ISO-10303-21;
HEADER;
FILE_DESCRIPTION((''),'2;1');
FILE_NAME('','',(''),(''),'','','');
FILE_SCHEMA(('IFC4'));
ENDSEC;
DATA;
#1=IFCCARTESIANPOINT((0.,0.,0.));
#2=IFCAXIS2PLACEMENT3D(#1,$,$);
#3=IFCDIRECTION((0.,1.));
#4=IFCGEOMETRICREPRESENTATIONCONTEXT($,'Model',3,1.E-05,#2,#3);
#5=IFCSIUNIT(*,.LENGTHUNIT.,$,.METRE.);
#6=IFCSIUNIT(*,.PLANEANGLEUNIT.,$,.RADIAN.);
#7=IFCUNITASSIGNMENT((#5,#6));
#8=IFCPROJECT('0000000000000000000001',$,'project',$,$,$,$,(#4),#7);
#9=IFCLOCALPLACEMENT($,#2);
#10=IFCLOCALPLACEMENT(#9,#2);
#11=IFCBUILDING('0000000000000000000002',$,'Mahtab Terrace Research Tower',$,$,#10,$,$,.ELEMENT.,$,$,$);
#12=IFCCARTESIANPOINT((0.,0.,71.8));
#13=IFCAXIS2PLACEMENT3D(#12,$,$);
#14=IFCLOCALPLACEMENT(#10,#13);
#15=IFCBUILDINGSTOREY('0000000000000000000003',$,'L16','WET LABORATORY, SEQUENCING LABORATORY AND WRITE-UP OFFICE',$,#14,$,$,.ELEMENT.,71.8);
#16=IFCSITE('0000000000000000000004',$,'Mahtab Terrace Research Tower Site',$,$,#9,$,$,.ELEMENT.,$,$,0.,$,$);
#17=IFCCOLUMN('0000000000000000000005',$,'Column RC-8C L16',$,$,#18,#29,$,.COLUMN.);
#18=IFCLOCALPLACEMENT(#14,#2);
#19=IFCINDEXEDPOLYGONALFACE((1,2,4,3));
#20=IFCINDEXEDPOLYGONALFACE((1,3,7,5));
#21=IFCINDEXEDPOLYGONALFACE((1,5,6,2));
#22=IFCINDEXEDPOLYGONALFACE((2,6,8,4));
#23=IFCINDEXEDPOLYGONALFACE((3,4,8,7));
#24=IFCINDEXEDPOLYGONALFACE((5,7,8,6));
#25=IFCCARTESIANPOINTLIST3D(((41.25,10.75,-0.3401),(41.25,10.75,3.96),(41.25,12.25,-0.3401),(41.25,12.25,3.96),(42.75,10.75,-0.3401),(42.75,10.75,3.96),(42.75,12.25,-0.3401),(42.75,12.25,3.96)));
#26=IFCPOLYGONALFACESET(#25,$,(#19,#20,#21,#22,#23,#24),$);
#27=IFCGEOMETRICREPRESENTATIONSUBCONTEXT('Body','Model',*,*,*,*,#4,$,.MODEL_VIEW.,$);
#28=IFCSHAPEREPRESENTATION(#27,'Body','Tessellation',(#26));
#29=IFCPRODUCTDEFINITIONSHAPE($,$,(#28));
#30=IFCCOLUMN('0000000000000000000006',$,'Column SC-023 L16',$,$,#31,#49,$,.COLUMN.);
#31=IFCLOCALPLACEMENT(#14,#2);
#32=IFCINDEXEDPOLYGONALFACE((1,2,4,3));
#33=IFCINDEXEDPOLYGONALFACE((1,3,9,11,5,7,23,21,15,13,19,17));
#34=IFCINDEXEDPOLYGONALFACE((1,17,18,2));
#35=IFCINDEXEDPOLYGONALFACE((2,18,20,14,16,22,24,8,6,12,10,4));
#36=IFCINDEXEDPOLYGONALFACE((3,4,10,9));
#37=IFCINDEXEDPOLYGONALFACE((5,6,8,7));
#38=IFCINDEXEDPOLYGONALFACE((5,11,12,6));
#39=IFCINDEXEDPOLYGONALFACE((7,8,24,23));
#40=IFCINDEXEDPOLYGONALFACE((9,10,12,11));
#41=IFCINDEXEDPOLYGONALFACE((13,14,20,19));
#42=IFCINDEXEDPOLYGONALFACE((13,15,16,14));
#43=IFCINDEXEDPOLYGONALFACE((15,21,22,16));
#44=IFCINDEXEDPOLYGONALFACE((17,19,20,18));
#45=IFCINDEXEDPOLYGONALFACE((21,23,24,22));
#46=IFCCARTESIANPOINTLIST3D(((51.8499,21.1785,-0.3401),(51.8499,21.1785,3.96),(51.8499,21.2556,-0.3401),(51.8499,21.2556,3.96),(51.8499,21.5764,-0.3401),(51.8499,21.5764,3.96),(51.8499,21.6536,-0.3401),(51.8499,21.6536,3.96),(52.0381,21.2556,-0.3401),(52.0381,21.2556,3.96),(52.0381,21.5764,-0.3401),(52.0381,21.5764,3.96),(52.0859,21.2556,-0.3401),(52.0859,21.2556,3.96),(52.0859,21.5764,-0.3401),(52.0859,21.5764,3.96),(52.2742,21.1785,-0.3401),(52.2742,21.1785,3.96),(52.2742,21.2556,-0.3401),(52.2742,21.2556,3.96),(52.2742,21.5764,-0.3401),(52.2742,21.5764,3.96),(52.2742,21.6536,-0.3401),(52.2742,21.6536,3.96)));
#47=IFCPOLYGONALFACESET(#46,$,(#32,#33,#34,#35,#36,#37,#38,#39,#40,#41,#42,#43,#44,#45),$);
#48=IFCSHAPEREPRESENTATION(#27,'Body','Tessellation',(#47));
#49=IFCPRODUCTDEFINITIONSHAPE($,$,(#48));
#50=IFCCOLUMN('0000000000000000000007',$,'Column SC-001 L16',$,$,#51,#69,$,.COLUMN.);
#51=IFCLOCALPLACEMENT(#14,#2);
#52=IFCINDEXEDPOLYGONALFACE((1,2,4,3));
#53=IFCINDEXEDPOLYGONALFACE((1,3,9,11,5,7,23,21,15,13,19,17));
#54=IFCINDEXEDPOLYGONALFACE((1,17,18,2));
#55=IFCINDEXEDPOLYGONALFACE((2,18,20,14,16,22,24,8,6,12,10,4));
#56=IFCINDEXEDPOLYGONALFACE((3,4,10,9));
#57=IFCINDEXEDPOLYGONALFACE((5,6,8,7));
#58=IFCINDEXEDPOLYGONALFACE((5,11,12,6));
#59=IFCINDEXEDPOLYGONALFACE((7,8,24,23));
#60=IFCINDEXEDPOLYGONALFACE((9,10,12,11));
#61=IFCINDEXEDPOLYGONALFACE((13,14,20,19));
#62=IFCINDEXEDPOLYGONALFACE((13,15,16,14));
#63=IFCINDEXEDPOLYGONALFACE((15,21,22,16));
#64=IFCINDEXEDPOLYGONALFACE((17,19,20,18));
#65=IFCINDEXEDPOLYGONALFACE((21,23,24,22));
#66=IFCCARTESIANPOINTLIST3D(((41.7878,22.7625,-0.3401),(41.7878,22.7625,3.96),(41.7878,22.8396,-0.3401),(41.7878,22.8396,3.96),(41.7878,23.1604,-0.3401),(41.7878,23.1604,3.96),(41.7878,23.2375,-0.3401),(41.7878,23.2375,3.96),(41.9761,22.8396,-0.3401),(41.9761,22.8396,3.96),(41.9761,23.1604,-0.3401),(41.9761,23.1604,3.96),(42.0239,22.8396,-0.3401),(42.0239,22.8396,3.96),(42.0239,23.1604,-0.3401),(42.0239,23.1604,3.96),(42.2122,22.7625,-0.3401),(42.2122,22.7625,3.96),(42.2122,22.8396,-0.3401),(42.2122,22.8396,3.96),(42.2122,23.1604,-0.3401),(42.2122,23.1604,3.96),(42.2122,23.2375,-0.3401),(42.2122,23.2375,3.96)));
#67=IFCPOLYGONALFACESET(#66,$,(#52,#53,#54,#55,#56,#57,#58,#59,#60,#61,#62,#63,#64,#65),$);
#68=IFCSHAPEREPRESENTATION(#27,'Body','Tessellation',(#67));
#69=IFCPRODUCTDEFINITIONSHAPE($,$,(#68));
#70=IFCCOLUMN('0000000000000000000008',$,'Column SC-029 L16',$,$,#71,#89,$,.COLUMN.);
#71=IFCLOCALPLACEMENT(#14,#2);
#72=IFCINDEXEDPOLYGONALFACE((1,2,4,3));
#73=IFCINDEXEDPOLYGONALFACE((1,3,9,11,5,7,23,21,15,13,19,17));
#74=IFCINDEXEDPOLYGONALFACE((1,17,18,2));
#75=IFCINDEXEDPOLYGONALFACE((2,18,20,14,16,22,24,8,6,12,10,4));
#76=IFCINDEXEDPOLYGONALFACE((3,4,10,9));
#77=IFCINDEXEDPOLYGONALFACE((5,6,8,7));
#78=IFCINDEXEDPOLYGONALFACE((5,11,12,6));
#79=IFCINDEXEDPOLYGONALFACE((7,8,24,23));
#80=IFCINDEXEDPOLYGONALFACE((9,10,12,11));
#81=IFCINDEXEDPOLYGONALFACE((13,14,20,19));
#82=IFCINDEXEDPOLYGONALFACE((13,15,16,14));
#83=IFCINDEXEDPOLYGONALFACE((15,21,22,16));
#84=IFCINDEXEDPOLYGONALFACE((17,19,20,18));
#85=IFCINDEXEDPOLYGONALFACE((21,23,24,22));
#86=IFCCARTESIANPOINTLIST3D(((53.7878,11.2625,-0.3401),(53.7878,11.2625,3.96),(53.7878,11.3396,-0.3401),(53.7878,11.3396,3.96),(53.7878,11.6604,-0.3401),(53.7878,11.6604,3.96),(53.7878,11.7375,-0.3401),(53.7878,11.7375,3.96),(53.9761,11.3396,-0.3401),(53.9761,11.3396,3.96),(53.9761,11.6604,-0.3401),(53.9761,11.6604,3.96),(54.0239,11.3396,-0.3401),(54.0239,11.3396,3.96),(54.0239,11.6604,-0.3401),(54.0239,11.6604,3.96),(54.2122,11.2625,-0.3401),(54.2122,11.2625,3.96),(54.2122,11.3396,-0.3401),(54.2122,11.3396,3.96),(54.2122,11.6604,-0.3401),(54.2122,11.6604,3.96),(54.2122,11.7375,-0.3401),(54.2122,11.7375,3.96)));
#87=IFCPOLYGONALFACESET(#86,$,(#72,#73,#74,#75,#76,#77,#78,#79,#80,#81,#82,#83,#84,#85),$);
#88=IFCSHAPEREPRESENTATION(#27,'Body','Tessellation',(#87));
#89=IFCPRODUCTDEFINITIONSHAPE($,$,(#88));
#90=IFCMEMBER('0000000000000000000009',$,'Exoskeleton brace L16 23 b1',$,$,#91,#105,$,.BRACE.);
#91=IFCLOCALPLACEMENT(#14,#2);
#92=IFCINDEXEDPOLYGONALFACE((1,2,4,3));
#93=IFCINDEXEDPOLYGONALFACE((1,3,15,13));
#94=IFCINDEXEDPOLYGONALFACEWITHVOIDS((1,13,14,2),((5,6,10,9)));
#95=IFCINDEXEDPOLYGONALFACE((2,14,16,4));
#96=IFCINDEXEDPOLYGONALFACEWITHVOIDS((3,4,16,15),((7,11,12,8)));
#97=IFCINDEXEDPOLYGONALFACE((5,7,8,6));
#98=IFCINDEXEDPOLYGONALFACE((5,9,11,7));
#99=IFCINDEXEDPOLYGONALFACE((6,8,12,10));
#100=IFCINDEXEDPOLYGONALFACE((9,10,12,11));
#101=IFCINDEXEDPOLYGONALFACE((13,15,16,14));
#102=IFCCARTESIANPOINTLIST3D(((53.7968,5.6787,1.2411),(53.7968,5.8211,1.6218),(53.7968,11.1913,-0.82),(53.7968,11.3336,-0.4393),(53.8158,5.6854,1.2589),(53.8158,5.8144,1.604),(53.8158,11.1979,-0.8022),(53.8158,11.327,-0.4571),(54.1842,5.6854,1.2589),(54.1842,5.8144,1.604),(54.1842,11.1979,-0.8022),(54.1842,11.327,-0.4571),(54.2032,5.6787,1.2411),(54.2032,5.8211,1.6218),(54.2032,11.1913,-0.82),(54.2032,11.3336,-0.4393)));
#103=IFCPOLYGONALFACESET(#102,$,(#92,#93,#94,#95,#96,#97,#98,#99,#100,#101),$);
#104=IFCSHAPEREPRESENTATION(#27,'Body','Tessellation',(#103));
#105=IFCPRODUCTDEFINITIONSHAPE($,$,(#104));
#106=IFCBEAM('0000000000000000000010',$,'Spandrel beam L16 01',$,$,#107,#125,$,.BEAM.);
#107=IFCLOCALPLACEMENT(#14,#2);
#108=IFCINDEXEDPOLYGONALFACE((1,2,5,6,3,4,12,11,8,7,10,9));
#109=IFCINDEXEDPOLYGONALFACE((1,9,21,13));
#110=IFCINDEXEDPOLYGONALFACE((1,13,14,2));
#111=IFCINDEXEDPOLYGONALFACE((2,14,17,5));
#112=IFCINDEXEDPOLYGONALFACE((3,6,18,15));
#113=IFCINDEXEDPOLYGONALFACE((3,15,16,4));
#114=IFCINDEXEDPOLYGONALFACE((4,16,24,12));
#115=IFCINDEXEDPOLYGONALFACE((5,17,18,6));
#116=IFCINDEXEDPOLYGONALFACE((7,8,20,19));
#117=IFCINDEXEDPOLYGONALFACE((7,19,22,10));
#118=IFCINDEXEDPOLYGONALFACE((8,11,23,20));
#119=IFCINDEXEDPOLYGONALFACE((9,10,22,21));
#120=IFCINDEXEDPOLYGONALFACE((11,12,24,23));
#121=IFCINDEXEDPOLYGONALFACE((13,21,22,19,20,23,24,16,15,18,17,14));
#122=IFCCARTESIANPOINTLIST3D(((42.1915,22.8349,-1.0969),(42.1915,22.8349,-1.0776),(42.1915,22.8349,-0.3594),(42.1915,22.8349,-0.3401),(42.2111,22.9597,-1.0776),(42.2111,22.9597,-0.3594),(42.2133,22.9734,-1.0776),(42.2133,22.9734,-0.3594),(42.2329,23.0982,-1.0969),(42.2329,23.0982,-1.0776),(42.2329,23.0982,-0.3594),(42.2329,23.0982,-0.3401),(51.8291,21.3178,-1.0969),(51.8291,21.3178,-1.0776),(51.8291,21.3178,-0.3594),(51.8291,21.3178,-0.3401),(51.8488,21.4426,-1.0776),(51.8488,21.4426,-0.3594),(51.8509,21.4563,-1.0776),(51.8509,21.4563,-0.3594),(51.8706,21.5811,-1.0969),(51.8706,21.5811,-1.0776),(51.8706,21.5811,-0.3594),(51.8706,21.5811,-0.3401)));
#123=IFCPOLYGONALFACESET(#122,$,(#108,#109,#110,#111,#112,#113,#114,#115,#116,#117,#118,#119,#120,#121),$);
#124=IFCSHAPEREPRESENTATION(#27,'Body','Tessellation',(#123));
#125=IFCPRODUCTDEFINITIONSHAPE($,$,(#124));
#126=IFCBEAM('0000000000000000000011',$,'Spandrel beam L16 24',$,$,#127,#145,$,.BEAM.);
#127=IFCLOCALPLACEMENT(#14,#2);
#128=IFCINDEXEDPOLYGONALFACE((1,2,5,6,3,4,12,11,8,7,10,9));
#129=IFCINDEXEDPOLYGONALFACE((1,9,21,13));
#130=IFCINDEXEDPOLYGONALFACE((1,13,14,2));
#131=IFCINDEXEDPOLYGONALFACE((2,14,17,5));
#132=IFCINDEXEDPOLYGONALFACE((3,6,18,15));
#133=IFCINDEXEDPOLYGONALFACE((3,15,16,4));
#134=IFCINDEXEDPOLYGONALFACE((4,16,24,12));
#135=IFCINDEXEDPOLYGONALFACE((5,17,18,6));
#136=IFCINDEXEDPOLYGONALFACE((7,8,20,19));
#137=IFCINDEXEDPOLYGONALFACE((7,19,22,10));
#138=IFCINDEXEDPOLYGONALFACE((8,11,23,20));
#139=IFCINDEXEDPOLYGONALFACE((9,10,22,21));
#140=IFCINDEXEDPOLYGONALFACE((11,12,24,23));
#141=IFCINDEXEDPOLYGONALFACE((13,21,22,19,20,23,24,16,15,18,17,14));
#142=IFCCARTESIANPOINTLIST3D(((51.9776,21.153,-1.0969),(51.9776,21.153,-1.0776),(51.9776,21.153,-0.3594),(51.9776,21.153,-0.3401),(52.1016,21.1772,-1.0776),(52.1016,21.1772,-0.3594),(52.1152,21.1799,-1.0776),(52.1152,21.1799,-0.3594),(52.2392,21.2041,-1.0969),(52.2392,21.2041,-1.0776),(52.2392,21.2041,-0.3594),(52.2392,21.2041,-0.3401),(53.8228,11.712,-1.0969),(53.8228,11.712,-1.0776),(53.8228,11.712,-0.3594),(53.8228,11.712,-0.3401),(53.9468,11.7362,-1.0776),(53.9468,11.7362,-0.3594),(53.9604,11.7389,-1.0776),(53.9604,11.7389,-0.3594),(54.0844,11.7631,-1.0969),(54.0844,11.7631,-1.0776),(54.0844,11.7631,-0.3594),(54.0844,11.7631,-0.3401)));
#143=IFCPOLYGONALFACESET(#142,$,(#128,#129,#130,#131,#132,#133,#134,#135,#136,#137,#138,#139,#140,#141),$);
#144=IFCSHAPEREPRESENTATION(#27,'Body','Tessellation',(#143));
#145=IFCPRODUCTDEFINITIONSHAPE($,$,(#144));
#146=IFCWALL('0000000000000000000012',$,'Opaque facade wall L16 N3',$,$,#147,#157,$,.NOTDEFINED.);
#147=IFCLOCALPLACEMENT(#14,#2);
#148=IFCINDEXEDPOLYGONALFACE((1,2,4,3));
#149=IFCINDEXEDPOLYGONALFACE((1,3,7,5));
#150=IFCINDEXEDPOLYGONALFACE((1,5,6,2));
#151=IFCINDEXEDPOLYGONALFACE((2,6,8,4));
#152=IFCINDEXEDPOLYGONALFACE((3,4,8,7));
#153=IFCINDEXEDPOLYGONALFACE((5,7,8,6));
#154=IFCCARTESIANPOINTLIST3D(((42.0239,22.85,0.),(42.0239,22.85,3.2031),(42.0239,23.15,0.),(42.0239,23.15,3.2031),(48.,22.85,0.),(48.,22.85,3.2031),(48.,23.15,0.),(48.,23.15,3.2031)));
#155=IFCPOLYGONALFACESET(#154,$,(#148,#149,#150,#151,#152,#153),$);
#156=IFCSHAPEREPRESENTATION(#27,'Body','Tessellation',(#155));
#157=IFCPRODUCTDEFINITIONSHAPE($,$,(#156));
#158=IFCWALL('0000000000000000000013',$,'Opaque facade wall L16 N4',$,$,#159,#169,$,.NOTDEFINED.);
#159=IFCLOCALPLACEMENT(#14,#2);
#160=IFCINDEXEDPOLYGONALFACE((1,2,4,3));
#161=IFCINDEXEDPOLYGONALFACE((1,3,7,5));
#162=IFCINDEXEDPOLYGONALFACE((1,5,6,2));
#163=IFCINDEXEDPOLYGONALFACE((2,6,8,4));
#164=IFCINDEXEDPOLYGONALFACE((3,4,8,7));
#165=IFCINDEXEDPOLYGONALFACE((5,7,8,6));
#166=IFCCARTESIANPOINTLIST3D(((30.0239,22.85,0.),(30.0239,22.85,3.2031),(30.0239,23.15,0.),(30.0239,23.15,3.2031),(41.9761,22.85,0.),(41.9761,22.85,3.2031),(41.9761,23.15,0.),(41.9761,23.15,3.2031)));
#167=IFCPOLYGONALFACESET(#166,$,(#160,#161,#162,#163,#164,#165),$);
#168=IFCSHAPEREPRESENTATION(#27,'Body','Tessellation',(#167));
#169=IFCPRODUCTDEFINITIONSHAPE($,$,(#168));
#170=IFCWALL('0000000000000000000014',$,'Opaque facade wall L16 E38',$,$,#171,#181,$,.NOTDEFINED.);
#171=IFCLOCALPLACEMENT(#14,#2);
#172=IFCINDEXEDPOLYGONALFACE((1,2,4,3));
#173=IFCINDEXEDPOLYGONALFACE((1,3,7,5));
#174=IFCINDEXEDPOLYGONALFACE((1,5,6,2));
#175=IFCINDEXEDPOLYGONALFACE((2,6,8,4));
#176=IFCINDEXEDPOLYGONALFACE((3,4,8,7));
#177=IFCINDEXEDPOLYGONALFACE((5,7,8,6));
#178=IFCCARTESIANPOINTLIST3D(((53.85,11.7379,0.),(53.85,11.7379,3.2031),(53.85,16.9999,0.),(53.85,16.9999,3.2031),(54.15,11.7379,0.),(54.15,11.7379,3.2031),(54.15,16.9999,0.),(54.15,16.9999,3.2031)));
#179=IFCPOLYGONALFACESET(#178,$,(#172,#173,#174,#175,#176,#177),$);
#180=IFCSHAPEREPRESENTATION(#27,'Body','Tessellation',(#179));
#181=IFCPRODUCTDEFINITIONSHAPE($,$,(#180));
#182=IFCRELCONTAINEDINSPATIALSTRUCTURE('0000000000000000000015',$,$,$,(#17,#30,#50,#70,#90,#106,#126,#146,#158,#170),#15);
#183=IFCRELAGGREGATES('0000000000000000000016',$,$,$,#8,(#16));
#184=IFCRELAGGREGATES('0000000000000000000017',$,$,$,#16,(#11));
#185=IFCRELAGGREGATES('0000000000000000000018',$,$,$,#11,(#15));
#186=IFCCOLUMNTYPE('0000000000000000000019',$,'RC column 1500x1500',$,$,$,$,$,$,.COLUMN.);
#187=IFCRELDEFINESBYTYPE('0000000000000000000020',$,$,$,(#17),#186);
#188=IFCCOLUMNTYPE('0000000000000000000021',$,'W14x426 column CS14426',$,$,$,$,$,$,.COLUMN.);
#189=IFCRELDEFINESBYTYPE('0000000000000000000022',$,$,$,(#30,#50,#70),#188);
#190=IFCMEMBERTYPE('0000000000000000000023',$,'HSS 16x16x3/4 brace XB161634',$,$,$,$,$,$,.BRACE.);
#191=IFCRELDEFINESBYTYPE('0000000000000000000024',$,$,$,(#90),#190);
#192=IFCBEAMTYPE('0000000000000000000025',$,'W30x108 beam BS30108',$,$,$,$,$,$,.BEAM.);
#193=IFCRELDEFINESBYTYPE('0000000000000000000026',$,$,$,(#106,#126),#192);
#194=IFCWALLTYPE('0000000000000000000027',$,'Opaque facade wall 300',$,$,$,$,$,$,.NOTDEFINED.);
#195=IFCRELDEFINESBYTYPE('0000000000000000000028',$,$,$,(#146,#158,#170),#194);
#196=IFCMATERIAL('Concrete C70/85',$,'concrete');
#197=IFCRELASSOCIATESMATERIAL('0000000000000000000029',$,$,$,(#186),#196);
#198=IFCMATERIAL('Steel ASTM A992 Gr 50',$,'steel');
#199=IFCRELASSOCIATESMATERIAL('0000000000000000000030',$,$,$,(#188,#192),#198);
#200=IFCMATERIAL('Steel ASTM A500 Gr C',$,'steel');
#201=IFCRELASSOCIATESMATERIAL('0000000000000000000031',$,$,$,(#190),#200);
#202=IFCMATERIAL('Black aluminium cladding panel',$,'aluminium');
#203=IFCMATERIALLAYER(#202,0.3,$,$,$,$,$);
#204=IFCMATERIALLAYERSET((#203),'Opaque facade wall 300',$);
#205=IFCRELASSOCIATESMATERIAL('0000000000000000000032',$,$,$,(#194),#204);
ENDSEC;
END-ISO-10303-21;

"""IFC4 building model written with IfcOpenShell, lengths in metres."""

from ifc_helpers import new_model, si_unit, direction, frame, frame_2d, origin, origin_2d, place, context, subcontext, project, spatial, rectangle, hollow_rectangle, i_section, extrude, material, layer, layer_set, material_profile, profile_set, type_object, element, save


model = new_model("IFC4")

# Units and contexts
model_context = context("Model", 3, precision=1e-05, world=origin(), true_north=direction((0.0, 1.0)))
body_context = subcontext(model_context, "Body", "Model", "MODEL_VIEW")
ifc_project = project(units=[si_unit("LENGTHUNIT", "METRE"), si_unit("PLANEANGLEUNIT", "RADIAN")], contexts=[model_context])

# Site, building, storey
site_placement = place(None, origin())
site = spatial("IfcSite", under=ifc_project, at=site_placement, Name="Mahtab Terrace Research Tower Site", CompositionType="ELEMENT", RefElevation=0.0)
building_placement = place(site_placement, origin())
building = spatial("IfcBuilding", under=site, at=building_placement, Name="Mahtab Terrace Research Tower", CompositionType="ELEMENT")
storey_placement = place(building_placement, frame((0.0, 0.0, 71.8)))
storey = spatial("IfcBuildingStorey", under=building, at=storey_placement, Name="L16", Description="WET LABORATORY, SEQUENCING LABORATORY AND WRITE-UP OFFICE", CompositionType="ELEMENT", Elevation=71.8)

# Columns
ifc_material_1 = material(Name="Concrete C70/85", Category="concrete")
ifc_material_profile_1 = material_profile(ifc_material_1, rectangle(XDim=1.5, YDim=1.5, at=origin_2d()), Name="RC column 1500x1500")
ifc_profile_set_1 = profile_set([ifc_material_profile_1], Name="Concrete C70/85")
column_type_1 = type_object("IfcColumnType", Name="RC column 1500x1500", PredefinedType="COLUMN", material=ifc_profile_set_1)
column_placement = place(storey_placement, frame((42.0, 11.5, -0.3401), z_axis=(0.0, 0.0, 1.0), x_axis=(1.0, 0.0, 0.0)))
element("IfcColumn", 1, at=column_placement, inside=storey, type_object=column_type_1, Name="Column RC-8C L16", PredefinedType="COLUMN", context=body_context, shape_type="SweptSolid", body=[
    extrude(rectangle(XDim=1.5, YDim=1.5, at=origin_2d()), origin(), (0.0, 0.0, 1.0), 4.3),
])
ifc_material_2 = material(Name="Steel ASTM A992 Gr 50", Category="steel")
ifc_material_profile_2 = material_profile(ifc_material_2, i_section(OverallWidth=0.4243, OverallDepth=0.4751, WebThickness=0.0479, FlangeThickness=0.0771, at=origin_2d()), Name="W14X426")
ifc_profile_set_2 = profile_set([ifc_material_profile_2], Name="Steel ASTM A992 Gr 50")
column_type_2 = type_object("IfcColumnType", Name="W14x426 column CS14426", PredefinedType="COLUMN", material=ifc_profile_set_2)
for number, where, z_axis, x_axis, name in (
    (2, (52.062, 21.416, -0.3401), (0.0, 0.0, 1.0), (1.0, 0.0, 0.0), "Column SC-023 L16"),
    (3, (42.0, 23.0, -0.3401), (0.0, 0.0, 1.0), (1.0, 0.0, 0.0), "Column SC-001 L16"),
    (4, (54.0, 11.5, -0.3401), (0.0, 0.0, 1.0), (1.0, 0.0, 0.0), "Column SC-029 L16"),
):
    element("IfcColumn", number, at=place(storey_placement, frame(where, z_axis=z_axis, x_axis=x_axis)), inside=storey, type_object=column_type_2, Name=name, PredefinedType="COLUMN", context=body_context, shape_type="SweptSolid", body=[
        extrude(i_section(OverallWidth=0.4243, OverallDepth=0.4751, WebThickness=0.0479, FlangeThickness=0.0771, at=origin_2d()), origin(), (0.0, 0.0, 1.0), 4.3),
    ])

# Member
ifc_material_3 = material(Name="Steel ASTM A500 Gr C", Category="steel")
ifc_material_profile_3 = material_profile(ifc_material_3, hollow_rectangle(XDim=0.4065, YDim=0.4065, WallThickness=0.019, at=origin_2d()), Name="HSS16X16X3/4")
ifc_profile_set_3 = profile_set([ifc_material_profile_3], Name="Steel ASTM A500 Gr C")
member_type = type_object("IfcMemberType", Name="HSS 16x16x3/4 brace XB161634", PredefinedType="BRACE", material=ifc_profile_set_3)
member_placement = place(storey_placement, frame((54.0, 11.2625, -0.6296), z_axis=(0.0, -0.936671, 0.350209), x_axis=(1.0, 0.0, 0.0)))
element("IfcMember", 5, at=member_placement, inside=storey, type_object=member_type, Name="Exoskeleton brace L16 23 b1", PredefinedType="BRACE", context=body_context, shape_type="SweptSolid", body=[
    extrude(hollow_rectangle(XDim=0.4065, YDim=0.4065, WallThickness=0.019, at=origin_2d()), origin(), (0.0, 0.0, 1.0), 5.8853),
])

# Beams
ifc_material_profile_4 = material_profile(ifc_material_2, i_section(OverallWidth=0.2666, OverallDepth=0.7568, WebThickness=0.0139, FlangeThickness=0.0193, at=origin_2d()), Name="W30X108")
ifc_profile_set_4 = profile_set([ifc_material_profile_4], Name="Steel ASTM A992 Gr 50")
beam_type = type_object("IfcBeamType", Name="W30x108 beam BS30108", PredefinedType="BEAM", material=ifc_profile_set_4)
beam_1_placement = place(storey_placement, frame((51.8499, 21.4495, -0.7185), z_axis=(-0.987836, 0.155497, 0.0), x_axis=(-0.155497, -0.987836, 0.0)))
element("IfcBeam", 6, at=beam_1_placement, inside=storey, type_object=beam_type, Name="Spandrel beam L16 01", PredefinedType="BEAM", context=body_context, shape_type="SweptSolid", body=[
    extrude(i_section(OverallWidth=0.2666, OverallDepth=0.7568, WebThickness=0.0139, FlangeThickness=0.0193, at=origin_2d()), origin(), (0.0, 0.0, 1.0), 9.7563),
])
beam_2_placement = place(storey_placement, frame((53.9536, 11.7375, -0.7185), z_axis=(-0.191819, 0.98143, 0.0), x_axis=(-0.98143, -0.191819, 0.0)))
element("IfcBeam", 7, at=beam_2_placement, inside=storey, type_object=beam_type, Name="Spandrel beam L16 24", PredefinedType="BEAM", context=body_context, shape_type="SweptSolid", body=[
    extrude(i_section(OverallWidth=0.2666, OverallDepth=0.7568, WebThickness=0.0139, FlangeThickness=0.0193, at=origin_2d()), origin(), (0.0, 0.0, 1.0), 9.6196),
])

# Walls
ifc_material_4 = material(Name="Black aluminium cladding panel", Category="aluminium")
ifc_layer_1 = layer(ifc_material_4, 0.3)
ifc_layer_set_1 = layer_set([ifc_layer_1], Name="Opaque facade wall 300")
wall_type = type_object("IfcWallType", Name="Opaque facade wall 300", PredefinedType="NOTDEFINED", material=ifc_layer_set_1)
wall_1_placement = place(storey_placement, frame((48.0, 23.0, 0.0), z_axis=(0.0, 0.0, 1.0), x_axis=(-1.0, 0.0, 0.0)))
element("IfcWall", 8, at=wall_1_placement, inside=storey, type_object=wall_type, Name="Opaque facade wall L16 N3", PredefinedType="NOTDEFINED", context=body_context, shape_type="SweptSolid", body=[
    extrude(rectangle(XDim=5.9761, YDim=0.3, at=frame_2d((2.988, 0.0))), origin(), (0.0, 0.0, 1.0), 3.2031),
])
wall_2_placement = place(storey_placement, frame((41.9761, 23.0, 0.0), z_axis=(0.0, 0.0, 1.0), x_axis=(-1.0, 0.0, 0.0)))
element("IfcWall", 9, at=wall_2_placement, inside=storey, type_object=wall_type, Name="Opaque facade wall L16 N4", PredefinedType="NOTDEFINED", context=body_context, shape_type="SweptSolid", body=[
    extrude(rectangle(XDim=11.9521, YDim=0.3, at=frame_2d((5.9761, 0.0))), origin(), (0.0, 0.0, 1.0), 3.2031),
])
wall_3_placement = place(storey_placement, frame((54.0, 11.738, 0.0), z_axis=(0.0, 0.0, 1.0), x_axis=(0.0, 1.0, 0.0)))
element("IfcWall", 10, at=wall_3_placement, inside=storey, type_object=wall_type, Name="Opaque facade wall L16 E38", PredefinedType="NOTDEFINED", context=body_context, shape_type="SweptSolid", body=[
    extrude(rectangle(XDim=5.262, YDim=0.3, at=frame_2d((2.6309, 0.0))), origin(), (0.0, 0.0, 1.0), 3.2031),
])

save(model, "model.ifc")
